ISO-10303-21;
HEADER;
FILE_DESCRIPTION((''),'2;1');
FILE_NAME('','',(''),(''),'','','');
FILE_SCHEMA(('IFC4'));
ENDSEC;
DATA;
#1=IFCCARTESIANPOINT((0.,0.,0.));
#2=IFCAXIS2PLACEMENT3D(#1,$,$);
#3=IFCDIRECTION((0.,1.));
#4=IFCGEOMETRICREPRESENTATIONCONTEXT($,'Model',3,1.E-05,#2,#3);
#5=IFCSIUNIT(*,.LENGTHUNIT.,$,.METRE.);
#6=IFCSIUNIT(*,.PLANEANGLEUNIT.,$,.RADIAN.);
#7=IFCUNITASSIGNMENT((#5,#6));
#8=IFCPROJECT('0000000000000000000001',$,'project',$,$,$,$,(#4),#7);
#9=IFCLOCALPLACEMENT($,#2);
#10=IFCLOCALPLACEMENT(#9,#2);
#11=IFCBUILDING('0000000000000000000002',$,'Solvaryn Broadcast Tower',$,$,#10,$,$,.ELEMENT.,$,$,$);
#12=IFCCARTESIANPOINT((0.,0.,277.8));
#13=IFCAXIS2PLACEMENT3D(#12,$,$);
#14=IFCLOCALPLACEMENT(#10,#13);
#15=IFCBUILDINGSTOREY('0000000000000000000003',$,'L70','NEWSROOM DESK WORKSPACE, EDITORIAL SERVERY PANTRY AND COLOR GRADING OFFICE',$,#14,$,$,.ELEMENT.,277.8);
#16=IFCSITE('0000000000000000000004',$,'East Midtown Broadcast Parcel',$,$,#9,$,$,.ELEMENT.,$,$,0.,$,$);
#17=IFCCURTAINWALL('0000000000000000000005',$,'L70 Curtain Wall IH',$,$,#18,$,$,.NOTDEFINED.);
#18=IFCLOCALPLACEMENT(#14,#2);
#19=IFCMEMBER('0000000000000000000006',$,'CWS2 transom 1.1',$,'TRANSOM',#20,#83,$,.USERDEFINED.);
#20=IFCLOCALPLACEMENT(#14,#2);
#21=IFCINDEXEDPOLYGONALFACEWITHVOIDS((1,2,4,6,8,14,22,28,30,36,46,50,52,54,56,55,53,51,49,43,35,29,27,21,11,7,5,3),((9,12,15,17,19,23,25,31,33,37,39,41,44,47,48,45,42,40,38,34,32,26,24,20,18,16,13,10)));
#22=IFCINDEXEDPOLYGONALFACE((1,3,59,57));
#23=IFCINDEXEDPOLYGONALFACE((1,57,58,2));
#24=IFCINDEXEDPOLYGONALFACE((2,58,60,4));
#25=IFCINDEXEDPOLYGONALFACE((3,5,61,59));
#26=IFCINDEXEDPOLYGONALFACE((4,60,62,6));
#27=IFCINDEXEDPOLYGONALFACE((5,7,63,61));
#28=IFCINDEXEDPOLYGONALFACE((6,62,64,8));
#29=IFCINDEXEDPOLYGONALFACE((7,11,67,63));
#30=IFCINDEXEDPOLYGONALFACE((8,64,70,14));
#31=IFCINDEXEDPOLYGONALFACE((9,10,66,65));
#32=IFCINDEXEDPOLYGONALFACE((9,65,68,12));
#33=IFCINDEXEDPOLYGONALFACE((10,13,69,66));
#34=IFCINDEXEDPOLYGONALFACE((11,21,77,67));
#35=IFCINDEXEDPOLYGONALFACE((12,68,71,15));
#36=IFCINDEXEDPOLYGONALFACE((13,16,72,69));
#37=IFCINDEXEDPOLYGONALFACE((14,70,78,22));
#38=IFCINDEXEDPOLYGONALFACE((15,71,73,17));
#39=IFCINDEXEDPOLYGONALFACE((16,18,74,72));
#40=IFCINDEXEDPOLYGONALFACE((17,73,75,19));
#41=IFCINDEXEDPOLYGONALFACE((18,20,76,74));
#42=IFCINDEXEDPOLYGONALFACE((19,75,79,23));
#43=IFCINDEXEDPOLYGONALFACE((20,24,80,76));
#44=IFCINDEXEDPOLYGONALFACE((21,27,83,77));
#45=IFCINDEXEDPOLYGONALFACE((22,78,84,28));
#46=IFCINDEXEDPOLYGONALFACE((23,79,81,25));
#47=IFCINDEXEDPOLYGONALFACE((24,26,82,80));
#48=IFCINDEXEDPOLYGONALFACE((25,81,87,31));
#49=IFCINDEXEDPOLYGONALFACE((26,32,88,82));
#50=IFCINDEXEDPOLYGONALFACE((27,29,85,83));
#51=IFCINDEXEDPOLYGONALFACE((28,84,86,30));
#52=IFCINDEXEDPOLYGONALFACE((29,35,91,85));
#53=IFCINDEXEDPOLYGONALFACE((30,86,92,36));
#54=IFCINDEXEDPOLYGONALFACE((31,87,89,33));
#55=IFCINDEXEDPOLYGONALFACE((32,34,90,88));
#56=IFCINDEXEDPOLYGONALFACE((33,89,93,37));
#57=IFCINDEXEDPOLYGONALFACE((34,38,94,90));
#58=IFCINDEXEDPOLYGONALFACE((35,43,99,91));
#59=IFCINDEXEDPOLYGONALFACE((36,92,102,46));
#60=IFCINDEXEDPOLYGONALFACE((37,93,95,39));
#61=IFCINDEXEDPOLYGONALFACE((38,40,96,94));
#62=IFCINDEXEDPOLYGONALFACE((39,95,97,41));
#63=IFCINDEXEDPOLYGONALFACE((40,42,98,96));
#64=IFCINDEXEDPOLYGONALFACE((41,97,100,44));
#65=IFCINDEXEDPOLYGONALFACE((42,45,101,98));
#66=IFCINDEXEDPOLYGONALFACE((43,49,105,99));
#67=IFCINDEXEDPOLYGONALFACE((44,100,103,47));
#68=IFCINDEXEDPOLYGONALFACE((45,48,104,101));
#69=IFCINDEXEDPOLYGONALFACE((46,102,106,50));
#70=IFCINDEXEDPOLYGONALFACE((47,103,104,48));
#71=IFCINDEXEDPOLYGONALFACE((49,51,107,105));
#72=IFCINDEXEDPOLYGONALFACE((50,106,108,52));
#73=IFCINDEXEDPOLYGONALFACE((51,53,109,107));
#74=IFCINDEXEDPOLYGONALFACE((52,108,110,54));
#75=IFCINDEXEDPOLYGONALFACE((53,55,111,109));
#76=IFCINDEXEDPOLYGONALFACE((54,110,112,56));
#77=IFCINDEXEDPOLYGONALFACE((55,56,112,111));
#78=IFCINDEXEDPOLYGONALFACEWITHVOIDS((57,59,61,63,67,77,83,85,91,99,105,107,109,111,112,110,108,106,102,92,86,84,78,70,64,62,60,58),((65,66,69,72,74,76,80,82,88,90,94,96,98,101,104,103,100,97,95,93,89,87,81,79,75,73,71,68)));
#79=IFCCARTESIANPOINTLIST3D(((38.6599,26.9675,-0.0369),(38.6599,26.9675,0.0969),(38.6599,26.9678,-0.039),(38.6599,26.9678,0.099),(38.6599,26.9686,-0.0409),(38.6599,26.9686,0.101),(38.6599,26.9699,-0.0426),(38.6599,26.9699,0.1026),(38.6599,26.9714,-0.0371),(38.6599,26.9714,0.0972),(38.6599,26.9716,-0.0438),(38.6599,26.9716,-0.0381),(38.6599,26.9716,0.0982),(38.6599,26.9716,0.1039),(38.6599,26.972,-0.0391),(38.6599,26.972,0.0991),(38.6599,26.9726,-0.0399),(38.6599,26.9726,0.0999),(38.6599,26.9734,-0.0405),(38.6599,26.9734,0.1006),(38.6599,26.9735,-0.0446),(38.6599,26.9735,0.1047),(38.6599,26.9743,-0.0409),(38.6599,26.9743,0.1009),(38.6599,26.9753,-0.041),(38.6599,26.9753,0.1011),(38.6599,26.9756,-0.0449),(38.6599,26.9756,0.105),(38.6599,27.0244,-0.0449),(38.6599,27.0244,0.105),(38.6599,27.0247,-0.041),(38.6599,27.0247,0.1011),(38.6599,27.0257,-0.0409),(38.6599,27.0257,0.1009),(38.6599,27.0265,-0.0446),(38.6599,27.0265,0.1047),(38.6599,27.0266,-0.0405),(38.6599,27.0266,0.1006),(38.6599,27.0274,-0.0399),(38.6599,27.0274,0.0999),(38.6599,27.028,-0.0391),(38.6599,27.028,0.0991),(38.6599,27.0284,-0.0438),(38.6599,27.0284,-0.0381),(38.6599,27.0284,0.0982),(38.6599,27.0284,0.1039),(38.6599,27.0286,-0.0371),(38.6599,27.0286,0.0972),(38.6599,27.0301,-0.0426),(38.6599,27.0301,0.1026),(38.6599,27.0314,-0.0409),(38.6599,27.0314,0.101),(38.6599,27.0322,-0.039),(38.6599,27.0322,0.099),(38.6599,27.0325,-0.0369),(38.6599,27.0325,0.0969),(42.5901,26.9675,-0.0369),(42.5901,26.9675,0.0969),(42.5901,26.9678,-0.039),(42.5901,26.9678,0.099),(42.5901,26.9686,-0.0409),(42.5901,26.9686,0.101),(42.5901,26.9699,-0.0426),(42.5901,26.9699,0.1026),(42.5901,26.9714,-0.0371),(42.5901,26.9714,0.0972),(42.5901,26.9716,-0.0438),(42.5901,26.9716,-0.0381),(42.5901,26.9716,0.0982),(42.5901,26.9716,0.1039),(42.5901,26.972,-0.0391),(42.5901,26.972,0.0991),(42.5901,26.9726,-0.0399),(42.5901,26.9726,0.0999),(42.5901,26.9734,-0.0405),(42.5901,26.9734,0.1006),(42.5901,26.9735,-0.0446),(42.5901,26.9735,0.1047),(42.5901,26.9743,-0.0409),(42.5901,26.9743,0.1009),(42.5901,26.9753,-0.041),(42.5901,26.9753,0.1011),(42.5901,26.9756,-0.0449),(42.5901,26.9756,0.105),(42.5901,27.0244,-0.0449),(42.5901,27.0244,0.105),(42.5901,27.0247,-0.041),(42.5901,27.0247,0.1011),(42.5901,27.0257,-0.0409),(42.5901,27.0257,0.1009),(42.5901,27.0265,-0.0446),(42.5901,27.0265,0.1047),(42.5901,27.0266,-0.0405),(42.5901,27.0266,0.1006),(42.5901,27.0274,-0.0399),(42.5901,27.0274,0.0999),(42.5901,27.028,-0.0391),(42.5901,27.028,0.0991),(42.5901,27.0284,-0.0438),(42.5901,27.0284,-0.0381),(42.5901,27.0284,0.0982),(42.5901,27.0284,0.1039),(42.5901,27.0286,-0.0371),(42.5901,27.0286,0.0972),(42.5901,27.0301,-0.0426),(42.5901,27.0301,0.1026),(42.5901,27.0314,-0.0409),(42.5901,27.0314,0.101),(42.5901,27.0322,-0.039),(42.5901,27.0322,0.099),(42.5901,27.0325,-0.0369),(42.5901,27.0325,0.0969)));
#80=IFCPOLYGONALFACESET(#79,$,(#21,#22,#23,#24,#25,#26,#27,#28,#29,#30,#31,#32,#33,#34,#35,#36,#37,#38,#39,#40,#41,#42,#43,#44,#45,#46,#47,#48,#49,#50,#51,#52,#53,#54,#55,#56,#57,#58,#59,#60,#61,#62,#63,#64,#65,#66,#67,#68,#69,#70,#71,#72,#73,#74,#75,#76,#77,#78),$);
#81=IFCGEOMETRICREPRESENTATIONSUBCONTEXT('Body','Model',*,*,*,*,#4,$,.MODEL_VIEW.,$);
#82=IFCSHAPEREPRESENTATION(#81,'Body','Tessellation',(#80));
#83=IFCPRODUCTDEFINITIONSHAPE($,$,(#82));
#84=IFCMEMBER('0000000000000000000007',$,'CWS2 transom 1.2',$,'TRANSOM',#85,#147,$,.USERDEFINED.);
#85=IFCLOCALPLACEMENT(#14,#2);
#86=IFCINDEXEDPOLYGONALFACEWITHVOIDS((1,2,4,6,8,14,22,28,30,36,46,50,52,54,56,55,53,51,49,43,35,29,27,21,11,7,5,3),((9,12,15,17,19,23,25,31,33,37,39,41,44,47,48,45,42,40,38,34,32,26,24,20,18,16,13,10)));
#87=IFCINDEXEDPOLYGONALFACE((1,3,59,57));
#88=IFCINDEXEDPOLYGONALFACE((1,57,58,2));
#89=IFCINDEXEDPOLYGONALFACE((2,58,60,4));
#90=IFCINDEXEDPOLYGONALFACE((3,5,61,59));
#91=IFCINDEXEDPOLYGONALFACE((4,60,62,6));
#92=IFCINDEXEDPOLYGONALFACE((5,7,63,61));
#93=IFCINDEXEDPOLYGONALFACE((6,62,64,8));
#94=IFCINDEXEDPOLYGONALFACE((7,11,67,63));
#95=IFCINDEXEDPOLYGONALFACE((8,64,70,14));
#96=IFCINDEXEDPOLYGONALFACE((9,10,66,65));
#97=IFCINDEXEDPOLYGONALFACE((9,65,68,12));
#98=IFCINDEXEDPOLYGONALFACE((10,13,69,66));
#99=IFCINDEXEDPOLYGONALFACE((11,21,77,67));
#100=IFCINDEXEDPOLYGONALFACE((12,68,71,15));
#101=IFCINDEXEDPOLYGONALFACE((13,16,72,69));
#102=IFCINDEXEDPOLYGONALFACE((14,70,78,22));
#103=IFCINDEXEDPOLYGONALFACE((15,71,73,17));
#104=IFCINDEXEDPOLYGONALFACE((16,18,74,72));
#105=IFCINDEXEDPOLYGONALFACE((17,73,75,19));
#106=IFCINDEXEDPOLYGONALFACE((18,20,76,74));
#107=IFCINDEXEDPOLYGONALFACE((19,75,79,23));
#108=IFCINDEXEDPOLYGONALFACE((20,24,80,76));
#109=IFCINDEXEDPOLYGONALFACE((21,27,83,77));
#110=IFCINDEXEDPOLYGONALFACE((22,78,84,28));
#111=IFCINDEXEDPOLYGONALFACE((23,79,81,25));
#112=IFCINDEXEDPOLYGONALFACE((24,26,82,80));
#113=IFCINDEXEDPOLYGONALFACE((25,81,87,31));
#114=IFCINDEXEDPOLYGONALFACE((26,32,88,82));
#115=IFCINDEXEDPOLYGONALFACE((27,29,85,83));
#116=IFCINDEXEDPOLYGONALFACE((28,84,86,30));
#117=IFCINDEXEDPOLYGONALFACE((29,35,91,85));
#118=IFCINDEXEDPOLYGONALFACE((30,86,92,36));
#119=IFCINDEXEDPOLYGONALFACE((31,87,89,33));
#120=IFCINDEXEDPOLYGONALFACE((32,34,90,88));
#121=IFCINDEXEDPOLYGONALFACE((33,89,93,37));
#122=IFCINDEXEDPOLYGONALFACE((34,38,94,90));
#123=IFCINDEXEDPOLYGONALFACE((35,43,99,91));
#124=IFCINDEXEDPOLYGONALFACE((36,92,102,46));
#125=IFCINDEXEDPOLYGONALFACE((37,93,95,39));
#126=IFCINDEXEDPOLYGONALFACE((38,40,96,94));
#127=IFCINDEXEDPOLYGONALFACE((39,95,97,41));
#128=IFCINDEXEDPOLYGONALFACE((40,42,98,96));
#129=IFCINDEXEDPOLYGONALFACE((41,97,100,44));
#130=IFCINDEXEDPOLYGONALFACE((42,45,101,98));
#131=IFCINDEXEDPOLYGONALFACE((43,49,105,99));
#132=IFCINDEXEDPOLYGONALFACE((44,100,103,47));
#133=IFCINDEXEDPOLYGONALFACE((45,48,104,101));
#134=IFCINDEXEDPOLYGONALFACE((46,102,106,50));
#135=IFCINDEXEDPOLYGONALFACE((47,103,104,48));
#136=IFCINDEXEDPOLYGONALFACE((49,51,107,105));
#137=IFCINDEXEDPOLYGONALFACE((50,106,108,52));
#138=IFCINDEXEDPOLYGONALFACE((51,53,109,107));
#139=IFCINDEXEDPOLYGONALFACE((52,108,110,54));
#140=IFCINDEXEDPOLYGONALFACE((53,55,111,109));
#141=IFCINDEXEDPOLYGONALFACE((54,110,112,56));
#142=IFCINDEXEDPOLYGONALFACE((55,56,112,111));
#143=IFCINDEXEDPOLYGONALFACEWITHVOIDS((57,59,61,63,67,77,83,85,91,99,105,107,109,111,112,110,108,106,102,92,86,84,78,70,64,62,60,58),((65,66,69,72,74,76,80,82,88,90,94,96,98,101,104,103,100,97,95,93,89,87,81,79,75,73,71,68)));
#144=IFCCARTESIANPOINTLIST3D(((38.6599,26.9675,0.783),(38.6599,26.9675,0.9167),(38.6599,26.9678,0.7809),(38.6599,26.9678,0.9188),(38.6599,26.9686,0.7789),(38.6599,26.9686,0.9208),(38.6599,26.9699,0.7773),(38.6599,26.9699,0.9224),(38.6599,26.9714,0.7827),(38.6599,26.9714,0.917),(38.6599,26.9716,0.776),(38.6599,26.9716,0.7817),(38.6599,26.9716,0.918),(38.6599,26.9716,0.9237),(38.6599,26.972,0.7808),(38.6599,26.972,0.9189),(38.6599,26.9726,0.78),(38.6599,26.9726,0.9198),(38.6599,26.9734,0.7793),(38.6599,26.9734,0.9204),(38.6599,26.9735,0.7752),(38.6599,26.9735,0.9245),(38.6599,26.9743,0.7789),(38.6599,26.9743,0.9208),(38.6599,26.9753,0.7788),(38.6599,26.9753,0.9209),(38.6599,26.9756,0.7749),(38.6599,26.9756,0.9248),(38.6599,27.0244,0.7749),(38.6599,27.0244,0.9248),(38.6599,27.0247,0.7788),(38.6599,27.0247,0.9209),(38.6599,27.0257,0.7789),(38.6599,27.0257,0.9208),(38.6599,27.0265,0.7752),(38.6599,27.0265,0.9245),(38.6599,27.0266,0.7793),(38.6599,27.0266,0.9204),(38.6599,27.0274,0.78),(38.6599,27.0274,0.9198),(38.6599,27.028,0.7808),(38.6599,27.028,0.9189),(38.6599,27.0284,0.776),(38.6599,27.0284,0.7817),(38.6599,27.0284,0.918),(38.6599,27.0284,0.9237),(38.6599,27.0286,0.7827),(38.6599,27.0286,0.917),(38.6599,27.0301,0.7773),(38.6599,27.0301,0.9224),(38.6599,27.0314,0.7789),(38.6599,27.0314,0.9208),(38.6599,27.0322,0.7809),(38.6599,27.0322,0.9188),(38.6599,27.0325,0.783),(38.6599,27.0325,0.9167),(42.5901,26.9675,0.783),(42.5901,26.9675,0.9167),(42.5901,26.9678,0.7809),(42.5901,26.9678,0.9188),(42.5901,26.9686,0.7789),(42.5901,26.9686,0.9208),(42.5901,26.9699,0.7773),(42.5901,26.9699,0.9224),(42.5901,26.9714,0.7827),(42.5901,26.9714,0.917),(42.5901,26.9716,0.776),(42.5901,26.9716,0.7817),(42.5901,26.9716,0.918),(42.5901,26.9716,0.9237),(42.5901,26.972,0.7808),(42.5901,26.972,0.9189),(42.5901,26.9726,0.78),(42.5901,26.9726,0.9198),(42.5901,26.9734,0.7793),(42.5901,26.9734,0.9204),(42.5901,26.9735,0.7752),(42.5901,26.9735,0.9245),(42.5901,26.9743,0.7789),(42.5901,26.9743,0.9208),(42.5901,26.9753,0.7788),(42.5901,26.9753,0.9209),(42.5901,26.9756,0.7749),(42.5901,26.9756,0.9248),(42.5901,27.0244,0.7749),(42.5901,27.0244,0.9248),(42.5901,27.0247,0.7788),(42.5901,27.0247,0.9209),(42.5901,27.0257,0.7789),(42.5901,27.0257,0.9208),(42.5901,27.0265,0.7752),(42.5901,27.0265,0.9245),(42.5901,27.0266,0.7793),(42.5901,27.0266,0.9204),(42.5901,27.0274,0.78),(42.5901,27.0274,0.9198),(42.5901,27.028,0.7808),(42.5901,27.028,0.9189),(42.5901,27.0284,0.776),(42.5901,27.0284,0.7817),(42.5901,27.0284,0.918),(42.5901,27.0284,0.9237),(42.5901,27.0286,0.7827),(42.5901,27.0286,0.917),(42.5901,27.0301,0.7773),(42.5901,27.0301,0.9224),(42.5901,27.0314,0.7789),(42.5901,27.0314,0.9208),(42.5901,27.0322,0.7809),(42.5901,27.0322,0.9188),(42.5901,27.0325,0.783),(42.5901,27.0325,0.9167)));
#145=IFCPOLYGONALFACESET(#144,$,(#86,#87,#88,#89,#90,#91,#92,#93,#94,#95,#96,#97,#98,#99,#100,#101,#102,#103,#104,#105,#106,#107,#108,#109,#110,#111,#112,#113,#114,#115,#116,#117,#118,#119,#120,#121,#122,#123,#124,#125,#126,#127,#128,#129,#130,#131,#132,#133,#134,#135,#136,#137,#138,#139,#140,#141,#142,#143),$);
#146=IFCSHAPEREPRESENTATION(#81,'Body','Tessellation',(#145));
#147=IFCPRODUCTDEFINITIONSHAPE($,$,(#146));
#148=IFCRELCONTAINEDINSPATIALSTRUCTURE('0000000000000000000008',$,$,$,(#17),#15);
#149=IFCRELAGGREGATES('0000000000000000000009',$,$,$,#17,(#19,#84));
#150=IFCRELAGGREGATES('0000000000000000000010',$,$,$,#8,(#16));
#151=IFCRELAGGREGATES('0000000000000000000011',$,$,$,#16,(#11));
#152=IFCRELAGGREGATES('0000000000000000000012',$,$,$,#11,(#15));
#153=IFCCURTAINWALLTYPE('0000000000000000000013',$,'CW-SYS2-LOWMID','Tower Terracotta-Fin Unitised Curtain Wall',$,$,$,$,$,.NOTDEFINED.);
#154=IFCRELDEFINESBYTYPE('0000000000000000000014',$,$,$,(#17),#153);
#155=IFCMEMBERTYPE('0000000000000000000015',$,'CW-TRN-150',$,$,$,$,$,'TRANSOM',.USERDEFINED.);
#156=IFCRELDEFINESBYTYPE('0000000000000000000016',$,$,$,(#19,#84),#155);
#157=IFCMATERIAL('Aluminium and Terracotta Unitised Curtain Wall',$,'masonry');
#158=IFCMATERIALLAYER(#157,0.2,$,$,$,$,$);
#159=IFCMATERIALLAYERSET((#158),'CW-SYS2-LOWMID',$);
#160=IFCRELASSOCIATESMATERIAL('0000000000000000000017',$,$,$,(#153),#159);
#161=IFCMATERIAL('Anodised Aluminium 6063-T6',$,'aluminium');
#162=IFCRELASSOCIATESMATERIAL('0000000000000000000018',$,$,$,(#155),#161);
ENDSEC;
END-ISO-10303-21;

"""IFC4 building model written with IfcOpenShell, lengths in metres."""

from ifc_helpers import new_model, si_unit, direction, frame, origin, origin_2d, place, context, subcontext, project, spatial, hollow_rectangle, extrude, material, layer, layer_set, material_profile, profile_set, type_object, element, aggregate, save


model = new_model("IFC4")

# Units and contexts
model_context = context("Model", 3, precision=1e-05, world=origin(), true_north=direction((0.0, 1.0)))
body_context = subcontext(model_context, "Body", "Model", "MODEL_VIEW")
ifc_project = project(units=[si_unit("LENGTHUNIT", "METRE"), si_unit("PLANEANGLEUNIT", "RADIAN")], contexts=[model_context])

# Site, building, storey
site_placement = place(None, origin())
site = spatial("IfcSite", under=ifc_project, at=site_placement, Name="East Midtown Broadcast Parcel", CompositionType="ELEMENT", RefElevation=0.0)
building_placement = place(site_placement, origin())
building = spatial("IfcBuilding", under=site, at=building_placement, Name="Solvaryn Broadcast Tower", CompositionType="ELEMENT")
storey_placement = place(building_placement, frame((0.0, 0.0, 277.8)))
storey = spatial("IfcBuildingStorey", under=building, at=storey_placement, Name="L70", Description="NEWSROOM DESK WORKSPACE, EDITORIAL SERVERY PANTRY AND COLOR GRADING OFFICE", CompositionType="ELEMENT", Elevation=277.8)

# Shared definitions
ifc_material_1 = material(Name="Aluminium and Terracotta Unitised Curtain Wall", Category="masonry")
ifc_layer_1 = layer(ifc_material_1, 0.2)
ifc_layer_set_1 = layer_set([ifc_layer_1], Name="CW-SYS2-LOWMID")
curtain_wall_type = type_object("IfcCurtainWallType", Name="CW-SYS2-LOWMID", Description="Tower Terracotta-Fin Unitised Curtain Wall", PredefinedType="NOTDEFINED", material=ifc_layer_set_1)

# Curtain wall
curtain_wall_1_placement = place(storey_placement, origin())
curtain_wall_1 = element("IfcCurtainWall", 1, at=curtain_wall_1_placement, inside=storey, type_object=curtain_wall_type, Name="L70 Curtain Wall IH", PredefinedType="NOTDEFINED")

# Members
ifc_material_2 = material(Name="Anodised Aluminium 6063-T6", Category="aluminium")
ifc_material_profile_1 = material_profile(ifc_material_2, hollow_rectangle(XDim=0.0649, YDim=0.1499, WallThickness=0.0039, InnerFilletRadius=0.0039, OuterFilletRadius=0.0081, at=origin_2d()))
ifc_profile_set_1 = profile_set([ifc_material_profile_1], Name="Anodised Aluminium 6063-T6")
member_type_1 = type_object("IfcMemberType", Name="CW-TRN-150", ElementType="TRANSOM", PredefinedType="USERDEFINED", material=ifc_profile_set_1)
member_1_placement = place(storey_placement, frame((38.6599, 27.0, 0.03), z_axis=(1.0, 0.0, 0.0), x_axis=(0.0, 1.0, 0.0)))
member_1 = element("IfcMember", 2, at=member_1_placement, type_object=member_type_1, Name="CWS2 transom 1.1", ObjectType="TRANSOM", PredefinedType="USERDEFINED", context=body_context, shape_type="SweptSolid", body=[
    extrude(hollow_rectangle(XDim=0.0649, YDim=0.1499, WallThickness=0.0039, InnerFilletRadius=0.0039, OuterFilletRadius=0.0081, at=origin_2d()), origin(), (0.0, 0.0, 1.0), 3.9302),
])
member_2_placement = place(storey_placement, frame((38.6599, 27.0, 0.8499), z_axis=(1.0, 0.0, 0.0), x_axis=(0.0, 1.0, 0.0)))
member_2 = element("IfcMember", 3, at=member_2_placement, type_object=member_type_1, Name="CWS2 transom 1.2", ObjectType="TRANSOM", PredefinedType="USERDEFINED", context=body_context, shape_type="SweptSolid", body=[
    extrude(hollow_rectangle(XDim=0.0649, YDim=0.1499, WallThickness=0.0039, InnerFilletRadius=0.0039, OuterFilletRadius=0.0081, at=origin_2d()), origin(), (0.0, 0.0, 1.0), 3.9302),
])

aggregate(curtain_wall_1, [member_1, member_2])

save(model, "model.ifc")
